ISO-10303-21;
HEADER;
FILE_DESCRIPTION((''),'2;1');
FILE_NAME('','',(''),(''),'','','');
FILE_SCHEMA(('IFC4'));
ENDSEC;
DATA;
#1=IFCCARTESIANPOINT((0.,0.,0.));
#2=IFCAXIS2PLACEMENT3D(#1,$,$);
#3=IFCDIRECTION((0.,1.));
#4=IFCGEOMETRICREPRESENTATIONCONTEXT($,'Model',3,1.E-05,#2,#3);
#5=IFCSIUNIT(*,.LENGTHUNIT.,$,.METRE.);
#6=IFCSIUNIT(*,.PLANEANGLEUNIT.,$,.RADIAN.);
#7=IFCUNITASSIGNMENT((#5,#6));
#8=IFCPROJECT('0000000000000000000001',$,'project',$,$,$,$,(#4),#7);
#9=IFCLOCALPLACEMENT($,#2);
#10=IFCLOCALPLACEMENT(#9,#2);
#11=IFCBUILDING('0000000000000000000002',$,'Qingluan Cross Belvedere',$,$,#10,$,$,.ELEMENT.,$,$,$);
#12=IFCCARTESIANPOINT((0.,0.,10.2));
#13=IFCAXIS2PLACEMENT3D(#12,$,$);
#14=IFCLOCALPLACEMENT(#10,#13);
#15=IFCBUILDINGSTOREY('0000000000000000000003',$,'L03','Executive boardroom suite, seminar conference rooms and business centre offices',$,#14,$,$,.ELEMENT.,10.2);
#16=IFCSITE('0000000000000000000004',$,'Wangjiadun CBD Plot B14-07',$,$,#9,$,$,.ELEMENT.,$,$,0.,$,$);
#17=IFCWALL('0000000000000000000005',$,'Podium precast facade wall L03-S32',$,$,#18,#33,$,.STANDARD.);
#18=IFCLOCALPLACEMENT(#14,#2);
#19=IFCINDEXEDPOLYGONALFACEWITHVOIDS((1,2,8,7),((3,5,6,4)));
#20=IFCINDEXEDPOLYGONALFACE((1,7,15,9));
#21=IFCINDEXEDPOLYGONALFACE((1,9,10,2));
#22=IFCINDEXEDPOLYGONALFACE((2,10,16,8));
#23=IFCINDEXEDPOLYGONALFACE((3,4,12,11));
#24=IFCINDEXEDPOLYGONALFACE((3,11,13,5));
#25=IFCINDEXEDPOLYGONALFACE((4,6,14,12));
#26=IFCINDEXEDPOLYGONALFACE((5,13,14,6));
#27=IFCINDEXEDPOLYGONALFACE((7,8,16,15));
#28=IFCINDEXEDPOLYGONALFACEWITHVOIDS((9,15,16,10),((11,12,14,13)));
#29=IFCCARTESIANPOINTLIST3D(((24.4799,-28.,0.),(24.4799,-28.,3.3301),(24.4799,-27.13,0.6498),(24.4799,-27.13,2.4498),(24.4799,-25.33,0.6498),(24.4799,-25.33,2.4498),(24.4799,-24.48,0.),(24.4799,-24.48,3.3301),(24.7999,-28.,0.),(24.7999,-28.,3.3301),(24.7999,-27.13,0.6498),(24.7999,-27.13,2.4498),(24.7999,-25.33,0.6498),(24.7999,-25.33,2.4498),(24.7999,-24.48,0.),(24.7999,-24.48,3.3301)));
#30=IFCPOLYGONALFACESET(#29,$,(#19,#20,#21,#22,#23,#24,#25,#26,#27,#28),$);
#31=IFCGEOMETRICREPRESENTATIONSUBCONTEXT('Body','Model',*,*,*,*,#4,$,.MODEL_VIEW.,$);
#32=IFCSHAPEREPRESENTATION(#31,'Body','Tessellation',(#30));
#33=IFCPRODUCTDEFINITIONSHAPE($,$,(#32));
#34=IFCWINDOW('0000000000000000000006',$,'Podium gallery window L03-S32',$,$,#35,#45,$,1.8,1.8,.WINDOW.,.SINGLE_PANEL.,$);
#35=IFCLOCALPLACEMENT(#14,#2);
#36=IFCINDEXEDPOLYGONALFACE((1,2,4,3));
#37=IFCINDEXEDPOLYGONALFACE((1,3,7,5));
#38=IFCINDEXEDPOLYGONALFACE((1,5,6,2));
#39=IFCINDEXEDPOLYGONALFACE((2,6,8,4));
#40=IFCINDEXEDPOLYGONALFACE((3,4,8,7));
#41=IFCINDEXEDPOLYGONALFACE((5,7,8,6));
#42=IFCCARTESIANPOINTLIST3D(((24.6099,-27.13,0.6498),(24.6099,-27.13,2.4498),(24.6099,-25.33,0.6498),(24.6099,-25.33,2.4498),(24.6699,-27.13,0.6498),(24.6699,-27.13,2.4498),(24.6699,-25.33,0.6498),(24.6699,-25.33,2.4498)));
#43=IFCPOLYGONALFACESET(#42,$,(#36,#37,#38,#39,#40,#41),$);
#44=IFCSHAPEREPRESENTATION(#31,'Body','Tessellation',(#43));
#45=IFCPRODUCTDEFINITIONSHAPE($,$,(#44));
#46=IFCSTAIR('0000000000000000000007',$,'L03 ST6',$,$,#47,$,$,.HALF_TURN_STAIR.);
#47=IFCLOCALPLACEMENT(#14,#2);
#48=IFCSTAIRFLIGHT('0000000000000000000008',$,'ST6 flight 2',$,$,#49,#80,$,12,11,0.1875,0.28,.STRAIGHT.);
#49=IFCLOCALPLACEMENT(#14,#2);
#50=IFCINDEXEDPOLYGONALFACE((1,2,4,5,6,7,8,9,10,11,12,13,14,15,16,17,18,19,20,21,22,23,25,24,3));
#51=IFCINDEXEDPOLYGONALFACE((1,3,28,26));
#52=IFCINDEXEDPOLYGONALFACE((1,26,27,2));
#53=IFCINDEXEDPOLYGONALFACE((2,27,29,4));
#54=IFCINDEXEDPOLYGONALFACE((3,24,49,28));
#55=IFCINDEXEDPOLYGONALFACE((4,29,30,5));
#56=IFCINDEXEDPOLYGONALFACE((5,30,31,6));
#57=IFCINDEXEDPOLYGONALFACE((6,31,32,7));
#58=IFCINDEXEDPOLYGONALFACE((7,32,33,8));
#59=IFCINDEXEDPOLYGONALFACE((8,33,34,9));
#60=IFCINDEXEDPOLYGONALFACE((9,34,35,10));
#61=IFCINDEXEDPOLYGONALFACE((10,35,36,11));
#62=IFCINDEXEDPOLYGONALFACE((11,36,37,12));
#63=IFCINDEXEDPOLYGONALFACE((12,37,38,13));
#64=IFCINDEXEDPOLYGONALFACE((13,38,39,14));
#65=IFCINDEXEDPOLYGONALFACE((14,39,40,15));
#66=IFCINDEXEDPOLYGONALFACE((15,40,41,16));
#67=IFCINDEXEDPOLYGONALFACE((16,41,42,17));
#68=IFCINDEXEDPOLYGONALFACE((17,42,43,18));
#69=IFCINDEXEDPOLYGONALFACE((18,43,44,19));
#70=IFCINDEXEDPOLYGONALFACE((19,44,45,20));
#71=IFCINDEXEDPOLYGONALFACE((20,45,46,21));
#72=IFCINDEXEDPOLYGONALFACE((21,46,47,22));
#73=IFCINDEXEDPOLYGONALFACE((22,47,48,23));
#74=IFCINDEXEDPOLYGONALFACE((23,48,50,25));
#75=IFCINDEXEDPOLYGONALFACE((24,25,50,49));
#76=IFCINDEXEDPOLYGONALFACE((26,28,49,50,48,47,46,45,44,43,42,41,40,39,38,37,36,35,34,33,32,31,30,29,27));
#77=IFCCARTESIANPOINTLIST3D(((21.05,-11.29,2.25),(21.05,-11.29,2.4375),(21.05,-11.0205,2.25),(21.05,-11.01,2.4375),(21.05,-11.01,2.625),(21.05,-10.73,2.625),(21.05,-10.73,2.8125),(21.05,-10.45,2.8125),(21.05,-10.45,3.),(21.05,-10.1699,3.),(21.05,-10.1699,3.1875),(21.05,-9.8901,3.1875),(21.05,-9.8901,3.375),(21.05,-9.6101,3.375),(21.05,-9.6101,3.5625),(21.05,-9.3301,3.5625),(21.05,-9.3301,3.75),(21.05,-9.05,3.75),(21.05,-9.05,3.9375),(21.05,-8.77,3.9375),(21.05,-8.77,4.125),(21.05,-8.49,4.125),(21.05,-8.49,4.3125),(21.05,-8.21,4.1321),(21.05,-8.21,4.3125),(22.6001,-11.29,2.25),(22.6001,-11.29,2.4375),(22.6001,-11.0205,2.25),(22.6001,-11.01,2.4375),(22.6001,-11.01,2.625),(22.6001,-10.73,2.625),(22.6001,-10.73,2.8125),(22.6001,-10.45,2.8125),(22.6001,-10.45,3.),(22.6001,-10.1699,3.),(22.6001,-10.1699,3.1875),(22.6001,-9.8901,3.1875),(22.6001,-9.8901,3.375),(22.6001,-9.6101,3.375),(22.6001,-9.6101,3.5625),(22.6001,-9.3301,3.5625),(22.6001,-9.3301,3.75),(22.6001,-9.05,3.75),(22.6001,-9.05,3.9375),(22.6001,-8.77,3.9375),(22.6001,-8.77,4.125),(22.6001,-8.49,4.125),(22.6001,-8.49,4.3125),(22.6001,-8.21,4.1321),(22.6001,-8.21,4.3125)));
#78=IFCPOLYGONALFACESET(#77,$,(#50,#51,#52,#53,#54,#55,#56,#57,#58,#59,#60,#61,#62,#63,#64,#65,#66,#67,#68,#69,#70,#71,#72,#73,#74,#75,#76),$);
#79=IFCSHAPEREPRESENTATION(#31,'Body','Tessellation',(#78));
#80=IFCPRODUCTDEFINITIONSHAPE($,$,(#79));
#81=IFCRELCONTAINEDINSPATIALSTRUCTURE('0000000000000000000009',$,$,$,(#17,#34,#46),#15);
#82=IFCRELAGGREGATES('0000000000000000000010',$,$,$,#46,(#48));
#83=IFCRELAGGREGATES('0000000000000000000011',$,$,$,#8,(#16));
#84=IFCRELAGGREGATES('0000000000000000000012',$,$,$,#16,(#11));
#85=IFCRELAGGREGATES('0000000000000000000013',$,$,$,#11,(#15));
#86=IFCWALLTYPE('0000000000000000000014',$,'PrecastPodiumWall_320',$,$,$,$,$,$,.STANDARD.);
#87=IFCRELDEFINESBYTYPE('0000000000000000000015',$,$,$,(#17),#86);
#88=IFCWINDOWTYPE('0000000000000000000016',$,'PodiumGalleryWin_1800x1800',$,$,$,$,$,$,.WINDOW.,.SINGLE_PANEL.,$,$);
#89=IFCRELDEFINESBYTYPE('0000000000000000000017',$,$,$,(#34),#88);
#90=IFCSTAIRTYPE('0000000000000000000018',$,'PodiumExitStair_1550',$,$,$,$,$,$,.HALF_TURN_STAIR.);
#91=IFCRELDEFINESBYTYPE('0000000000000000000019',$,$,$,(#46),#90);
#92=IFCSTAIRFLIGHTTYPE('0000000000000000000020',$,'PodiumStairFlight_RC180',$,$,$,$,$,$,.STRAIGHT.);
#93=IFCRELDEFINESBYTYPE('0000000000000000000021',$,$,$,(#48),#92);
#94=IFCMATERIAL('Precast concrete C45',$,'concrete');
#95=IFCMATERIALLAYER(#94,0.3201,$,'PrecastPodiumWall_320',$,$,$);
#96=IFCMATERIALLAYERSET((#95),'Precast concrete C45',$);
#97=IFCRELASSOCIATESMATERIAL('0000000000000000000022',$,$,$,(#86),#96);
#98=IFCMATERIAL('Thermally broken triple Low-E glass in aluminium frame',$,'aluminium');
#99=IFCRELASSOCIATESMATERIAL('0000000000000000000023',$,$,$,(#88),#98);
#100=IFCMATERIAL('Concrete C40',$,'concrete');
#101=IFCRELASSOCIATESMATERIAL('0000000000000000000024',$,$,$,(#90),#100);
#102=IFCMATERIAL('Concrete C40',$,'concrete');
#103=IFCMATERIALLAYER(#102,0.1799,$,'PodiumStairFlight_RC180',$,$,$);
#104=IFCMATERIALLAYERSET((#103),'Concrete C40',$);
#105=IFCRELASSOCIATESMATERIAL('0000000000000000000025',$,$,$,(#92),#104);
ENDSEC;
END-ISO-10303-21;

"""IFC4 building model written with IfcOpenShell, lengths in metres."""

from ifc_helpers import new_model, si_unit, direction, frame, frame_2d, origin, place, context, subcontext, project, spatial, polyline, rectangle, outline, extrude, material, layer, layer_set, type_object, element, fill, aggregate, save


model = new_model("IFC4")

# Units and contexts
model_context = context("Model", 3, precision=1e-05, world=origin(), true_north=direction((0.0, 1.0)))
body_context = subcontext(model_context, "Body", "Model", "MODEL_VIEW")
ifc_project = project(units=[si_unit("LENGTHUNIT", "METRE"), si_unit("PLANEANGLEUNIT", "RADIAN")], contexts=[model_context])

# Site, building, storey
site_placement = place(None, origin())
site = spatial("IfcSite", under=ifc_project, at=site_placement, Name="Wangjiadun CBD Plot B14-07", CompositionType="ELEMENT", RefElevation=0.0)
building_placement = place(site_placement, origin())
building = spatial("IfcBuilding", under=site, at=building_placement, Name="Qingluan Cross Belvedere", CompositionType="ELEMENT")
storey_placement = place(building_placement, frame((0.0, 0.0, 10.2)))
storey = spatial("IfcBuildingStorey", under=building, at=storey_placement, Name="L03", Description="Executive boardroom suite, seminar conference rooms and business centre offices", CompositionType="ELEMENT", Elevation=10.2)

# Shared definitions
ifc_material_1 = material(Name="Precast concrete C45", Category="concrete")
ifc_layer_1 = layer(ifc_material_1, 0.3201, Name="PrecastPodiumWall_320")
ifc_layer_set_1 = layer_set([ifc_layer_1], Name="Precast concrete C45")
wall_type_1 = type_object("IfcWallType", Name="PrecastPodiumWall_320", PredefinedType="STANDARD", material=ifc_layer_set_1)
ifc_material_2 = material(Name="Thermally broken triple Low-E glass in aluminium frame", Category="aluminium")
window_type = type_object("IfcWindowType", Name="PodiumGalleryWin_1800x1800", PartitioningType="SINGLE_PANEL", PredefinedType="WINDOW", material=ifc_material_2)

# Wall, opening, window
wall_1_placement = place(storey_placement, frame((24.6399, -24.48, 0.0), z_axis=(0.0, 0.0, 1.0), x_axis=(0.0, -1.0, 0.0)))
wall_1 = element("IfcWall", 1, at=wall_1_placement, inside=storey, type_object=wall_type_1, Name="Podium precast facade wall L03-S32", PredefinedType="STANDARD", context=body_context, shape_type="SweptSolid", body=[
    extrude(rectangle(XDim=3.52, YDim=0.3201, at=frame_2d((1.76, 0.0))), origin(), (0.0, 0.0, 1.0), 3.3301),
])
opening_1_placement = place(wall_1_placement, frame((0.8501, 0.0, 0.6499)))
opening_1 = element("IfcOpeningElement", 2, at=opening_1_placement, cuts=wall_1, PredefinedType="OPENING", context=body_context, shape_type="SweptSolid", body=[
    extrude(rectangle(XDim=1.8, YDim=1.8, at=frame_2d((0.8999, 0.8999))), frame((0.0, 0.1699, 0.0), z_axis=(0.0, -1.0, 0.0), x_axis=(1.0, 0.0, 0.0)), (0.0, 0.0, 1.0), 0.3401),
])
window_1_placement = place(opening_1_placement, origin())
window_1 = element("IfcWindow", 3, at=window_1_placement, inside=storey, type_object=window_type, Name="Podium gallery window L03-S32", OverallHeight=1.8, OverallWidth=1.8, PartitioningType="SINGLE_PANEL", PredefinedType="WINDOW", context=body_context, shape_type="SweptSolid", body=[
    extrude(rectangle(XDim=1.8, YDim=1.8, at=frame_2d((0.8999, 0.8999))), frame((0.0, 0.03, 0.0), z_axis=(0.0, -1.0, 0.0), x_axis=(1.0, 0.0, 0.0)), (0.0, 0.0, 1.0), 0.0601),
])
fill(opening_1, window_1)

# Stair, stair flight
ifc_material_3 = material(Name="Concrete C40", Category="concrete")
stair_type = type_object("IfcStairType", Name="PodiumExitStair_1550", PredefinedType="HALF_TURN_STAIR", material=ifc_material_3)
stair_placement = place(storey_placement, origin())
stair = element("IfcStair", 4, at=stair_placement, inside=storey, type_object=stair_type, Name="L03 ST6", PredefinedType="HALF_TURN_STAIR")
ifc_material_4 = material(Name="Concrete C40", Category="concrete")
ifc_layer_2 = layer(ifc_material_4, 0.1799, Name="PodiumStairFlight_RC180")
ifc_layer_set_2 = layer_set([ifc_layer_2], Name="Concrete C40")
stair_flight_type = type_object("IfcStairFlightType", Name="PodiumStairFlight_RC180", PredefinedType="STRAIGHT", material=ifc_layer_set_2)
stair_flight_placement = place(storey_placement, frame((21.825, -11.29, 2.25), z_axis=(0.0, 0.0, 1.0), x_axis=(0.0, 1.0, 0.0)))
stair_flight = element("IfcStairFlight", 5, at=stair_flight_placement, type_object=stair_flight_type, Name="ST6 flight 2", NumberOfRisers=12, NumberOfTreads=11, PredefinedType="STRAIGHT", RiserHeight=0.1875, TreadLength=0.28, context=body_context, shape_type="SweptSolid", body=[
    extrude(outline(polyline([(0.0, 0.0), (0.0, 0.1875), (0.28, 0.1875), (0.28, 0.375), (0.5601, 0.375), (0.5601, 0.5625), (0.8401, 0.5625), (0.8401, 0.75), (1.1201, 0.75), (1.1201, 0.9375), (1.3999, 0.9375), (1.3999, 1.125), (1.6799, 1.125), (1.6799, 1.3125), (1.96, 1.3125), (1.96, 1.5), (2.24, 1.5), (2.24, 1.6875), (2.52, 1.6875), (2.52, 1.875), (2.8, 1.875), (2.8, 2.0625), (3.0801, 2.0625), (3.0801, 2.25), (3.0801, 1.8821), (0.2695, 0.0), (0.0, 0.0)])), frame((0.0, 0.7749, 0.0), z_axis=(0.0, -1.0, 0.0), x_axis=(1.0, 0.0, 0.0)), (0.0, 0.0, 1.0), 1.55),
])
aggregate(stair, [stair_flight])

save(model, "model.ifc")
